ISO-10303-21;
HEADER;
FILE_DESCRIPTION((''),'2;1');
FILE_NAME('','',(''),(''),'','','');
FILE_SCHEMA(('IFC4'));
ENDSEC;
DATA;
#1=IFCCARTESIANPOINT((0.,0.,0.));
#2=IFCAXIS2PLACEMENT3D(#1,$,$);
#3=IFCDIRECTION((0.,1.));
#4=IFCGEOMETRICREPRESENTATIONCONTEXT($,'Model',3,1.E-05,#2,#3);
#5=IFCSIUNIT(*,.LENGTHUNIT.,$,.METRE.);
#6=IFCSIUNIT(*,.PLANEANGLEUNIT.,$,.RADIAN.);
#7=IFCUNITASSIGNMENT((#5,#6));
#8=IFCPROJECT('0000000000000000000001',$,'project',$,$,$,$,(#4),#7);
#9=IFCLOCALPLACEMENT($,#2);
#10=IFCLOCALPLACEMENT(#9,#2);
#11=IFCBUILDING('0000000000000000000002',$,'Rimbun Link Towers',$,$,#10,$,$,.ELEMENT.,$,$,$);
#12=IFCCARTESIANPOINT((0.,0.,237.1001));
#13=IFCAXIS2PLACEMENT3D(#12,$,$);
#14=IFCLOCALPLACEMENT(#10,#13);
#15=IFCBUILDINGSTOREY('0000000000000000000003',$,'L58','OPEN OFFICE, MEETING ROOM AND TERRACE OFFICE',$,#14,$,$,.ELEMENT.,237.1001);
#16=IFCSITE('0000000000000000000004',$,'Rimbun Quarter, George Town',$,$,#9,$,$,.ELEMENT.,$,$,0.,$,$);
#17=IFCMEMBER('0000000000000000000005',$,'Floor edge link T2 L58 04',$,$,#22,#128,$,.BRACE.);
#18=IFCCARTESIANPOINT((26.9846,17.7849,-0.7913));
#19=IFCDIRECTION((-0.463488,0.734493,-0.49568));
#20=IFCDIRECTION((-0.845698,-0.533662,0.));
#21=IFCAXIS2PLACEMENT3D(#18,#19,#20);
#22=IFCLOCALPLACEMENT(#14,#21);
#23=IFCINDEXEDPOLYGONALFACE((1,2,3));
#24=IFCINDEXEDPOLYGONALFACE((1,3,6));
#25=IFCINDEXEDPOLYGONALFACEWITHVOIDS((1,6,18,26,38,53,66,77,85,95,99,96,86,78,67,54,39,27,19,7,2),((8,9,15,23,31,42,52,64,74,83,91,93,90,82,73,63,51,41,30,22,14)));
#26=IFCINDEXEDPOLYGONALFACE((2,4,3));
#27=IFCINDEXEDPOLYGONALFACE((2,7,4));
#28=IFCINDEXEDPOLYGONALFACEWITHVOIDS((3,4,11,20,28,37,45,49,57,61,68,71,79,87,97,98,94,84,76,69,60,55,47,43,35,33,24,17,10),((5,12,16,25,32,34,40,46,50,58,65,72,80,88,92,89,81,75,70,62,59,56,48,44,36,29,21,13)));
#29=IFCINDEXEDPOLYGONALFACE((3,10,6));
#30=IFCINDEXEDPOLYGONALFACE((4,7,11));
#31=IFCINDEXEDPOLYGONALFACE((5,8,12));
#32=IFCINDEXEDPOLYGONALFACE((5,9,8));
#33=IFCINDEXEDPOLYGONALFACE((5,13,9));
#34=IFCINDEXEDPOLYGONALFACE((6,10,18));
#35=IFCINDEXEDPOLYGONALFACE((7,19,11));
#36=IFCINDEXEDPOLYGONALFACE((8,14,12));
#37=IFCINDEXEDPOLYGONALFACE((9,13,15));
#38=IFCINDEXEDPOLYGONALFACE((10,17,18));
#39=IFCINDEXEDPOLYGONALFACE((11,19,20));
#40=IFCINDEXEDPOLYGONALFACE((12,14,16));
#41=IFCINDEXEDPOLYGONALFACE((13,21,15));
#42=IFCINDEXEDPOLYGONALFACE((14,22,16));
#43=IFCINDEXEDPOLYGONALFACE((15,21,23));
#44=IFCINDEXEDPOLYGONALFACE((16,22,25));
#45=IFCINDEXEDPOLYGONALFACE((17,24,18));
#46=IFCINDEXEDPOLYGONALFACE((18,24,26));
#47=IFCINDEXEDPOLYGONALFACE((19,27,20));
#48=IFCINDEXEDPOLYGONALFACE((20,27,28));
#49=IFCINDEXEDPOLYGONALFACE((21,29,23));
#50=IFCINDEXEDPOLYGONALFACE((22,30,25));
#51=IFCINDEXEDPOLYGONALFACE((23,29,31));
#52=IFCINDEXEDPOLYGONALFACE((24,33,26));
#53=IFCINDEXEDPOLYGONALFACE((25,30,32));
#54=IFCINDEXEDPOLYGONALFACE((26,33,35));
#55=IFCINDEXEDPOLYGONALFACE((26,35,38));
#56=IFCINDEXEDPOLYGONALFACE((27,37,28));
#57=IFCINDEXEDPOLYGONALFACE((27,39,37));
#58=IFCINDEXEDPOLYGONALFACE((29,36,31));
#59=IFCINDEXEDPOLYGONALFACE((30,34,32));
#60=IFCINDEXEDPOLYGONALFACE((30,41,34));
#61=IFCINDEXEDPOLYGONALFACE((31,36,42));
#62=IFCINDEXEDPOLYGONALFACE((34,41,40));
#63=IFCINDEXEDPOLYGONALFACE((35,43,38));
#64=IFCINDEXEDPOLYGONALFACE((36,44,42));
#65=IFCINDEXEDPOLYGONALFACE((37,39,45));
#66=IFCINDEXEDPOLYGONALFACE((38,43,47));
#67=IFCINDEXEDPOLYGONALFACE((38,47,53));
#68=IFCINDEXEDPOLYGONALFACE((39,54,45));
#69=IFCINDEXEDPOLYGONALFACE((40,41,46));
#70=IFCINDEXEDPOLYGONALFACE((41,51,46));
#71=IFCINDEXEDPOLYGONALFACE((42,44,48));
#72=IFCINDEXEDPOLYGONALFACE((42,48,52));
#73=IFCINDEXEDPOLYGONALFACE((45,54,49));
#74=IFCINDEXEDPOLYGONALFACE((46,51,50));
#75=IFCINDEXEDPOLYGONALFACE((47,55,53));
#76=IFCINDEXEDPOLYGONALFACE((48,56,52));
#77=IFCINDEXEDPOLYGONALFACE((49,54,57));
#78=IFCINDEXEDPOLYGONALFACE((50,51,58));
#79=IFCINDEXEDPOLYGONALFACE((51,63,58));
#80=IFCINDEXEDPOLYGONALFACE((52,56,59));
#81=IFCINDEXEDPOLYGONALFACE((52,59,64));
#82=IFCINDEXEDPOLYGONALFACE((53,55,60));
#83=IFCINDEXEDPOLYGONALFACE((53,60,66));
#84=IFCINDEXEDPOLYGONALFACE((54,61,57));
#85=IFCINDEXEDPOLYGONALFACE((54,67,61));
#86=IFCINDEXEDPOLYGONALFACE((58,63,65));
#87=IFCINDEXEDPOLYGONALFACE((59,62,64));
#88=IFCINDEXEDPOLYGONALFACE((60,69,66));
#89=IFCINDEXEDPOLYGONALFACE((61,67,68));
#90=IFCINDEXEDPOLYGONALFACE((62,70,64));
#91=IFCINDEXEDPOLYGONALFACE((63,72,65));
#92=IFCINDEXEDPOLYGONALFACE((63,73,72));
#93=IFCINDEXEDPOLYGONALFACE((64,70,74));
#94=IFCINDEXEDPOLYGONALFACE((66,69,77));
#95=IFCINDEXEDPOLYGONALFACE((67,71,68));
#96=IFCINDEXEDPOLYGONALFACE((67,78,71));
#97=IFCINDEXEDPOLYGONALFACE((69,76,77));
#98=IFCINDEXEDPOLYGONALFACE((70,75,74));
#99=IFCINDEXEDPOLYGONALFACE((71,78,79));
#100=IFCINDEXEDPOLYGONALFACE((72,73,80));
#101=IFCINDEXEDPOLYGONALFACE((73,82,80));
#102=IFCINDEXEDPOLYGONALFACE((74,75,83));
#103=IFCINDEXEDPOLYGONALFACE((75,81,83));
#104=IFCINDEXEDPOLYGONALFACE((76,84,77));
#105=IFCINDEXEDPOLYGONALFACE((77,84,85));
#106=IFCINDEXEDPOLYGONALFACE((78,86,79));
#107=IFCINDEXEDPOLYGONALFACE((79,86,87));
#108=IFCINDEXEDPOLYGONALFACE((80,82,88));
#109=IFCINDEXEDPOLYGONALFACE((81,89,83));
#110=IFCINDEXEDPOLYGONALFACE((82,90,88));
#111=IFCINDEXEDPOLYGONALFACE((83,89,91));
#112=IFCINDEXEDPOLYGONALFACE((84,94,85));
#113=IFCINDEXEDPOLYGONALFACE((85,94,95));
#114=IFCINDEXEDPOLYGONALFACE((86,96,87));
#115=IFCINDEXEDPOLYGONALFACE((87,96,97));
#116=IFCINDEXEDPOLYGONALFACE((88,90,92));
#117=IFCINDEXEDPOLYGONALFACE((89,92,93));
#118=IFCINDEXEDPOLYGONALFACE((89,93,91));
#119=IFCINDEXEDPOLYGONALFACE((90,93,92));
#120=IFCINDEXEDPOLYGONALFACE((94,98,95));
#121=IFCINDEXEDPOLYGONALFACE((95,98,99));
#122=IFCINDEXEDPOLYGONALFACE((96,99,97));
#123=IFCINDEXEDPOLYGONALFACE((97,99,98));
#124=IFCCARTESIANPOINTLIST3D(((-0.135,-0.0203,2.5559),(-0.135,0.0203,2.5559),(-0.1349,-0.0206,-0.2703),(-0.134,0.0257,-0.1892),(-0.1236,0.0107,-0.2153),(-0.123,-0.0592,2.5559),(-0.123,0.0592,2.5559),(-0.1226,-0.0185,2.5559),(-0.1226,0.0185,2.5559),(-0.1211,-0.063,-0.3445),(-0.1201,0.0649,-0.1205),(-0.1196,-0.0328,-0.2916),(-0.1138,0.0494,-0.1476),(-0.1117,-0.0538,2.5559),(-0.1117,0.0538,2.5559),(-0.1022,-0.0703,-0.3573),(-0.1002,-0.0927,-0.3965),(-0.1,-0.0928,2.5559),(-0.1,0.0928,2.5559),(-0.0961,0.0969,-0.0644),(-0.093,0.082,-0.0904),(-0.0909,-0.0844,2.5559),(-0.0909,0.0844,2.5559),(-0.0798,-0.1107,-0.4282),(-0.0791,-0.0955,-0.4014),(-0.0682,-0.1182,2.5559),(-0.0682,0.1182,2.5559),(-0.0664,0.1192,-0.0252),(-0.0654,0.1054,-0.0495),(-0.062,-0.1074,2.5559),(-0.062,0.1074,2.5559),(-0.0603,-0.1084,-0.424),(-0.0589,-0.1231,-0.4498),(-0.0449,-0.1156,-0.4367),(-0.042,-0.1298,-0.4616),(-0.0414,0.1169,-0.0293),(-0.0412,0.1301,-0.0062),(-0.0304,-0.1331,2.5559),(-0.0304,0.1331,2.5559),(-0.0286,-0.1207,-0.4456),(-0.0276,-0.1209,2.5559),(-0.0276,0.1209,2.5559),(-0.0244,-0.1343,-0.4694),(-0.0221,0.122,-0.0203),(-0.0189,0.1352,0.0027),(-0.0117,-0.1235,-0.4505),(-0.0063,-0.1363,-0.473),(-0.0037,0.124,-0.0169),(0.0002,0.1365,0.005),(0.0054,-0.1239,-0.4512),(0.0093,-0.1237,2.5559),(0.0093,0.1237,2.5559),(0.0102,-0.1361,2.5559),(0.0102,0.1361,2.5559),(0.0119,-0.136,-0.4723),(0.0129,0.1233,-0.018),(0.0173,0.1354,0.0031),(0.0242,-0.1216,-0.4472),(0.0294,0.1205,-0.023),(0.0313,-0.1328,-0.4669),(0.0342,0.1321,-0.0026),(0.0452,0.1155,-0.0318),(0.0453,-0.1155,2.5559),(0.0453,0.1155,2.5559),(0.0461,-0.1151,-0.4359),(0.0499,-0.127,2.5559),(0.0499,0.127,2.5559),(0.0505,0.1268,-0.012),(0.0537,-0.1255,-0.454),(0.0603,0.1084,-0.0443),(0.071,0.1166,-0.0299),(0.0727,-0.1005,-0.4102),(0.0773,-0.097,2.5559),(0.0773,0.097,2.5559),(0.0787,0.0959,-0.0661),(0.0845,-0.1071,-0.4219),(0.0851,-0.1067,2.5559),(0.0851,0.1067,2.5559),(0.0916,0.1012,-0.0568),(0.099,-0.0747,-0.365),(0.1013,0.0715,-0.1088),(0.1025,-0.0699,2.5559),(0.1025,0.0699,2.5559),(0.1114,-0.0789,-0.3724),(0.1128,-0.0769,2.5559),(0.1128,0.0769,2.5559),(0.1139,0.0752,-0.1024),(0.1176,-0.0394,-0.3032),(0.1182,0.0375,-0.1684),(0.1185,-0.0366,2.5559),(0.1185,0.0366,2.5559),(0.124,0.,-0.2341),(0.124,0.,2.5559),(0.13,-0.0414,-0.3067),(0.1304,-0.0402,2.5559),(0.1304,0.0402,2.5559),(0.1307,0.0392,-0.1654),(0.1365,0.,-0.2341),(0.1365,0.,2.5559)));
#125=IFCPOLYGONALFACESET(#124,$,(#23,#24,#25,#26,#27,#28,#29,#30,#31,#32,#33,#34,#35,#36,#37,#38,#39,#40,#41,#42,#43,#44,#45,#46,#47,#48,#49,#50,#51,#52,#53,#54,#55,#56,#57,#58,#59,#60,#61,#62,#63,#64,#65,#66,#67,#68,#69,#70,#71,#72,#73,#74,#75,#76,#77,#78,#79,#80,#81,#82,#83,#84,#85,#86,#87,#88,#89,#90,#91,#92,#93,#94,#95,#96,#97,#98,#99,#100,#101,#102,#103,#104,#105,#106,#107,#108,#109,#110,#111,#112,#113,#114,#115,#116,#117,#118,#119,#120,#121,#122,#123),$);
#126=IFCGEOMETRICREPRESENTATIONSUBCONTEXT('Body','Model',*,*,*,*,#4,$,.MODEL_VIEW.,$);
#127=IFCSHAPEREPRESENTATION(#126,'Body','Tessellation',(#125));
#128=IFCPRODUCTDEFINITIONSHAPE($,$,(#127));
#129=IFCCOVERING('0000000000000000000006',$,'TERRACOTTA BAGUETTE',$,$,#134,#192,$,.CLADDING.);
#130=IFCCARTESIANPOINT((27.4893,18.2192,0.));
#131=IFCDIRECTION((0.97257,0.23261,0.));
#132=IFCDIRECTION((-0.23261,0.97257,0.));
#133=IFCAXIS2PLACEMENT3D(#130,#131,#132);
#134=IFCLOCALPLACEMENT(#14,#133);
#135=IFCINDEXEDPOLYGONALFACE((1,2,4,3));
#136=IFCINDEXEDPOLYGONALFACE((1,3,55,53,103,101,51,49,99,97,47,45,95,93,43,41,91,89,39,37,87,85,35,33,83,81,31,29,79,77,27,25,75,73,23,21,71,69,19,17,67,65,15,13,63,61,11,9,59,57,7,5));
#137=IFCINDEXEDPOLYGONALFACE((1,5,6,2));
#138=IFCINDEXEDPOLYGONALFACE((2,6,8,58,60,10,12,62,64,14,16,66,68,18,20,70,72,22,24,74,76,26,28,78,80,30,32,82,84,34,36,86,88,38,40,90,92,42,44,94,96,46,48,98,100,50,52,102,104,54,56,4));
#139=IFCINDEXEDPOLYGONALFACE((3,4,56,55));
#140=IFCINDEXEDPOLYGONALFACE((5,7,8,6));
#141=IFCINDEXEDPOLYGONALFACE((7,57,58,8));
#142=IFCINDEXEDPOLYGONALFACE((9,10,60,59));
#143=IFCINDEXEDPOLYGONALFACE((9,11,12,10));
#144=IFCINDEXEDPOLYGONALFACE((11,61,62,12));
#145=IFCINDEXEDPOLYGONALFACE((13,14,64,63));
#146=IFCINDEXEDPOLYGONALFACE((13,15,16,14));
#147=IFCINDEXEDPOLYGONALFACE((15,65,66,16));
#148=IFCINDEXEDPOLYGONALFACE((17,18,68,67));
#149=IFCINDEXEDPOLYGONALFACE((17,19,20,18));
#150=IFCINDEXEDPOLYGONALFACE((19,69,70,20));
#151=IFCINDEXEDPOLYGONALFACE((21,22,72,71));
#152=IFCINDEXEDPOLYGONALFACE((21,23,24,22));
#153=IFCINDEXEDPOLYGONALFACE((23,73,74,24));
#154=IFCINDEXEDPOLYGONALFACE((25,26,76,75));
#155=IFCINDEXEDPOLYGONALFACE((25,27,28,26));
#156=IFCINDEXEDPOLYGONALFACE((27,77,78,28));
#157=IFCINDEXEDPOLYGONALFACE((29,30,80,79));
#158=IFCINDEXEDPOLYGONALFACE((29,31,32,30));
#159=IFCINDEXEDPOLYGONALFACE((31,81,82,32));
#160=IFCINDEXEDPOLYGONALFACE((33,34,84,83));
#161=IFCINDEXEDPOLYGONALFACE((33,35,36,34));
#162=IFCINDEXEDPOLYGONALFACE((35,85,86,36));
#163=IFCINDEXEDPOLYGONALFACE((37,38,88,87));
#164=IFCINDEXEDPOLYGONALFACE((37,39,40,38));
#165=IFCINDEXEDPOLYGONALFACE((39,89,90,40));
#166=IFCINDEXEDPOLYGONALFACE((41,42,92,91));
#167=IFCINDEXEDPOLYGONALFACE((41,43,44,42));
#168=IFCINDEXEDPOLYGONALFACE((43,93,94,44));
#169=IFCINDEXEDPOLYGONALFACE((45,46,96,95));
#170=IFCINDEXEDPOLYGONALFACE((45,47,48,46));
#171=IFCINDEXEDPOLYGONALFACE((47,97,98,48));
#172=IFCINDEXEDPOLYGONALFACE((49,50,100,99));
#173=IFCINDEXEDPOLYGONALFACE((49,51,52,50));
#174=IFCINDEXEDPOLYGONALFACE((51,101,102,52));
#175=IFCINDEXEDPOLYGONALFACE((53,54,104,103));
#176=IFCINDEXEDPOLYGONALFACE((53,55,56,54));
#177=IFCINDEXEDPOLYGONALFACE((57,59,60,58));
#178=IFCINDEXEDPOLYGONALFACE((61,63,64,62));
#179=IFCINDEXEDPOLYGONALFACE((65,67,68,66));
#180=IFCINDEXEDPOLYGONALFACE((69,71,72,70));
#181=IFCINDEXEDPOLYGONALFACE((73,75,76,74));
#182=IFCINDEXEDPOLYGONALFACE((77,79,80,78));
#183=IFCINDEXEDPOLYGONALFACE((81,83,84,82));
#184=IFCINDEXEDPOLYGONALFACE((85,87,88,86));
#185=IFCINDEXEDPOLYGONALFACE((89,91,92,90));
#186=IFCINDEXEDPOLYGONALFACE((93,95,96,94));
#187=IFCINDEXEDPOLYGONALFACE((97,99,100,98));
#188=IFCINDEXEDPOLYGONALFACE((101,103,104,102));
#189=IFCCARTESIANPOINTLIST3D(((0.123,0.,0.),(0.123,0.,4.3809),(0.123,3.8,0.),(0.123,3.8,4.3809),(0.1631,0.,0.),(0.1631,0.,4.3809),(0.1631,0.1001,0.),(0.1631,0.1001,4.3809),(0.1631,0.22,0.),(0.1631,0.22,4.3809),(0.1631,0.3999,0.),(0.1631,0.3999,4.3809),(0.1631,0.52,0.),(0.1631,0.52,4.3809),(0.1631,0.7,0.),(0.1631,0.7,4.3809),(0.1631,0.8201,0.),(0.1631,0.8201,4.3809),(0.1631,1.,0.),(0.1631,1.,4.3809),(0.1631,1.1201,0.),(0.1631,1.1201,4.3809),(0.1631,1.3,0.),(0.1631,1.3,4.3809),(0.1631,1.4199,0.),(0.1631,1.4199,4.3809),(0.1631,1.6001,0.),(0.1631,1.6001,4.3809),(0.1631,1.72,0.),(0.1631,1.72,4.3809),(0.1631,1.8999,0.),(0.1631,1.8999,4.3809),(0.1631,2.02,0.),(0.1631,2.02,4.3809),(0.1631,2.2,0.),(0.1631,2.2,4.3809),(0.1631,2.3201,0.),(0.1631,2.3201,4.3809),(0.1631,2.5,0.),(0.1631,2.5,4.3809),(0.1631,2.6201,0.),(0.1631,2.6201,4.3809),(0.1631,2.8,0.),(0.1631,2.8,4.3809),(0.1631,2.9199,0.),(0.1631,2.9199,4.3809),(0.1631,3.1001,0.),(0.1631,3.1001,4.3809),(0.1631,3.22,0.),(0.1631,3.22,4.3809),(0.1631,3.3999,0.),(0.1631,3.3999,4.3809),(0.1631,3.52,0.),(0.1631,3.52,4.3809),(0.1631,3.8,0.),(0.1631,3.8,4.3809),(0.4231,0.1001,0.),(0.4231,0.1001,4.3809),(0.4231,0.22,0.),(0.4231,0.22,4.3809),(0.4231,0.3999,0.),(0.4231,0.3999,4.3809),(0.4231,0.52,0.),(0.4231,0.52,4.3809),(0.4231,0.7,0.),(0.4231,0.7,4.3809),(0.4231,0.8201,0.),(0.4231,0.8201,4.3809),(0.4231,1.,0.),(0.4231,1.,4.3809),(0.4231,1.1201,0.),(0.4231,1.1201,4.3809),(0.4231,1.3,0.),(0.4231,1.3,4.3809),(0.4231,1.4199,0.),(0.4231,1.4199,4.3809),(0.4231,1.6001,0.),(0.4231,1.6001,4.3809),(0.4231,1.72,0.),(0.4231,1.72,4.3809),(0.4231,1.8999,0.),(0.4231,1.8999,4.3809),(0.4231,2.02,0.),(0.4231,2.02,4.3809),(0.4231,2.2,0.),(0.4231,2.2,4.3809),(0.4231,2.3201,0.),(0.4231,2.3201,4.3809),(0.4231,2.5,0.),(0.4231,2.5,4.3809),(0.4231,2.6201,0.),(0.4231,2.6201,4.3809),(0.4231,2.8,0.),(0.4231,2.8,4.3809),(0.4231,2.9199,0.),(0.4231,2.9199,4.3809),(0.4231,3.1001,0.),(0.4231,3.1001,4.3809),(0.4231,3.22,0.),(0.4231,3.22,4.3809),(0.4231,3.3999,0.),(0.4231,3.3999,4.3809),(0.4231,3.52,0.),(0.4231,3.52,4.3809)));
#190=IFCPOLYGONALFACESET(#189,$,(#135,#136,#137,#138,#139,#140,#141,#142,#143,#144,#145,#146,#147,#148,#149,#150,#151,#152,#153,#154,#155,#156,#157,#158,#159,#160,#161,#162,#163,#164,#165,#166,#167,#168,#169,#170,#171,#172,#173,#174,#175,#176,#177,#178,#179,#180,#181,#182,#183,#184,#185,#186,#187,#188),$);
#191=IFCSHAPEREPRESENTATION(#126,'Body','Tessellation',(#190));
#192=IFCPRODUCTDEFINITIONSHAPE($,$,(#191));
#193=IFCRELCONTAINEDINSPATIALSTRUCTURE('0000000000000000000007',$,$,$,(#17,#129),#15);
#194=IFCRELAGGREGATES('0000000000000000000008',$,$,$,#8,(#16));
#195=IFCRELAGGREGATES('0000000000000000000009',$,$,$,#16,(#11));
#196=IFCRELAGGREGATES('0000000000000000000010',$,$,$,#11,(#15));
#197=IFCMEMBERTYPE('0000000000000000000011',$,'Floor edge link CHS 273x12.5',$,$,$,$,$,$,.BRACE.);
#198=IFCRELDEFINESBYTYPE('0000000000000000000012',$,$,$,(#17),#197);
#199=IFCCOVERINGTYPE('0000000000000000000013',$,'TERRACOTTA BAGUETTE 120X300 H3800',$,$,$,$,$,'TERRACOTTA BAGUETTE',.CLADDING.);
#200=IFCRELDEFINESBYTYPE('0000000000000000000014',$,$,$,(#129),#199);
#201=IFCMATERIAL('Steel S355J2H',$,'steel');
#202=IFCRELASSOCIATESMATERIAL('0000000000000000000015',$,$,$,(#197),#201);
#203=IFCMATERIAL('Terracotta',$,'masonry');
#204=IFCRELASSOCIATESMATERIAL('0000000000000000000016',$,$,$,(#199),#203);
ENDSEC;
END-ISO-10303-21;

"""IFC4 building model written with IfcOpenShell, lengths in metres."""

from ifc_helpers import new_model, si_unit, direction, frame, origin, origin_2d, place, context, subcontext, project, spatial, polyline, hollow_circle, outline, extrude, clip, halfspace, material, material_profile, profile_set, type_object, element, save


model = new_model("IFC4")

# Units and contexts
model_context = context("Model", 3, precision=1e-05, world=origin(), true_north=direction((0.0, 1.0)))
body_context = subcontext(model_context, "Body", "Model", "MODEL_VIEW")
ifc_project = project(units=[si_unit("LENGTHUNIT", "METRE"), si_unit("PLANEANGLEUNIT", "RADIAN")], contexts=[model_context])

# Site, building, storey
site_placement = place(None, origin())
site = spatial("IfcSite", under=ifc_project, at=site_placement, Name="Rimbun Quarter, George Town", CompositionType="ELEMENT", RefElevation=0.0)
building_placement = place(site_placement, origin())
building = spatial("IfcBuilding", under=site, at=building_placement, Name="Rimbun Link Towers", CompositionType="ELEMENT")
storey_placement = place(building_placement, frame((0.0, 0.0, 237.1001)))
storey = spatial("IfcBuildingStorey", under=building, at=storey_placement, Name="L58", Description="OPEN OFFICE, MEETING ROOM AND TERRACE OFFICE", CompositionType="ELEMENT", Elevation=237.1001)

# Member
ifc_material_1 = material(Name="Steel S355J2H", Category="steel")
ifc_material_profile_1 = material_profile(ifc_material_1, hollow_circle(Radius=0.1365, WallThickness=0.0125, at=origin_2d()), Name="CHS 273x12.5")
ifc_profile_set_1 = profile_set([ifc_material_profile_1], Name="Steel S355J2H")
member_type_1 = type_object("IfcMemberType", Name="Floor edge link CHS 273x12.5", PredefinedType="BRACE", material=ifc_profile_set_1)
member_1_placement = place(storey_placement, frame((26.9846, 17.7849, -0.7913), z_axis=(-0.463488, 0.734493, -0.49568), x_axis=(-0.845698, -0.533662, 0.0)))
element("IfcMember", 1, at=member_1_placement, inside=storey, type_object=member_type_1, Name="Floor edge link T2 L58 04", PredefinedType="BRACE", context=body_context, shape_type="Clipping", body=[
    clip(extrude(hollow_circle(Radius=0.1365, WallThickness=0.0125, at=origin_2d()), frame((0.0, 0.0, -0.4985)), (0.0, 0.0, 1.0), 3.0544), halfspace(frame((0.0, 0.0, -0.2341), z_axis=(0.0, 0.868505, -0.49568)), False)),
])

# Covering
ifc_material_2 = material(Name="Terracotta", Category="masonry")
ifc_material_profile_2 = material_profile(ifc_material_2, outline(polyline([(0.123, 0.0), (0.1631, 0.0), (0.1631, 0.1001), (0.4231, 0.1001), (0.4231, 0.22), (0.1631, 0.22), (0.1631, 0.3999), (0.4231, 0.3999), (0.4231, 0.52), (0.1631, 0.52), (0.1631, 0.7), (0.4231, 0.7), (0.4231, 0.8201), (0.1631, 0.8201), (0.1631, 1.0), (0.4231, 1.0), (0.4231, 1.1201), (0.1631, 1.1201), (0.1631, 1.3), (0.4231, 1.3), (0.4231, 1.4199), (0.1631, 1.4199), (0.1631, 1.6001), (0.4231, 1.6001), (0.4231, 1.72), (0.1631, 1.72), (0.1631, 1.8999), (0.4231, 1.8999), (0.4231, 2.02), (0.1631, 2.02), (0.1631, 2.2), (0.4231, 2.2), (0.4231, 2.3201), (0.1631, 2.3201), (0.1631, 2.5), (0.4231, 2.5), (0.4231, 2.6201), (0.1631, 2.6201), (0.1631, 2.8), (0.4231, 2.8), (0.4231, 2.9199), (0.1631, 2.9199), (0.1631, 3.1001), (0.4231, 3.1001), (0.4231, 3.22), (0.1631, 3.22), (0.1631, 3.3999), (0.4231, 3.3999), (0.4231, 3.52), (0.1631, 3.52), (0.1631, 3.8), (0.123, 3.8), (0.123, 0.0)])), Name="BAGUETTE 120X300")
ifc_profile_set_2 = profile_set([ifc_material_profile_2], Name="Terracotta")
covering_type = type_object("IfcCoveringType", Name="TERRACOTTA BAGUETTE 120X300 H3800", ElementType="TERRACOTTA BAGUETTE", PredefinedType="CLADDING", material=ifc_profile_set_2)
covering_1_placement = place(storey_placement, frame((27.4893, 18.2192, 0.0), z_axis=(0.97257, 0.23261, 0.0), x_axis=(-0.23261, 0.97257, 0.0)))
element("IfcCovering", 2, at=covering_1_placement, inside=storey, type_object=covering_type, Name="TERRACOTTA BAGUETTE", PredefinedType="CLADDING", context=body_context, shape_type="SweptSolid", body=[
    extrude(outline(polyline([(0.123, 0.0), (0.1631, 0.0), (0.1631, 0.1001), (0.4231, 0.1001), (0.4231, 0.22), (0.1631, 0.22), (0.1631, 0.3999), (0.4231, 0.3999), (0.4231, 0.52), (0.1631, 0.52), (0.1631, 0.7), (0.4231, 0.7), (0.4231, 0.8201), (0.1631, 0.8201), (0.1631, 1.0), (0.4231, 1.0), (0.4231, 1.1201), (0.1631, 1.1201), (0.1631, 1.3), (0.4231, 1.3), (0.4231, 1.4199), (0.1631, 1.4199), (0.1631, 1.6001), (0.4231, 1.6001), (0.4231, 1.72), (0.1631, 1.72), (0.1631, 1.8999), (0.4231, 1.8999), (0.4231, 2.02), (0.1631, 2.02), (0.1631, 2.2), (0.4231, 2.2), (0.4231, 2.3201), (0.1631, 2.3201), (0.1631, 2.5), (0.4231, 2.5), (0.4231, 2.6201), (0.1631, 2.6201), (0.1631, 2.8), (0.4231, 2.8), (0.4231, 2.9199), (0.1631, 2.9199), (0.1631, 3.1001), (0.4231, 3.1001), (0.4231, 3.22), (0.1631, 3.22), (0.1631, 3.3999), (0.4231, 3.3999), (0.4231, 3.52), (0.1631, 3.52), (0.1631, 3.8), (0.123, 3.8), (0.123, 0.0)])), origin(), (0.0, 0.0, 1.0), 4.3809),
])

save(model, "model.ifc")
